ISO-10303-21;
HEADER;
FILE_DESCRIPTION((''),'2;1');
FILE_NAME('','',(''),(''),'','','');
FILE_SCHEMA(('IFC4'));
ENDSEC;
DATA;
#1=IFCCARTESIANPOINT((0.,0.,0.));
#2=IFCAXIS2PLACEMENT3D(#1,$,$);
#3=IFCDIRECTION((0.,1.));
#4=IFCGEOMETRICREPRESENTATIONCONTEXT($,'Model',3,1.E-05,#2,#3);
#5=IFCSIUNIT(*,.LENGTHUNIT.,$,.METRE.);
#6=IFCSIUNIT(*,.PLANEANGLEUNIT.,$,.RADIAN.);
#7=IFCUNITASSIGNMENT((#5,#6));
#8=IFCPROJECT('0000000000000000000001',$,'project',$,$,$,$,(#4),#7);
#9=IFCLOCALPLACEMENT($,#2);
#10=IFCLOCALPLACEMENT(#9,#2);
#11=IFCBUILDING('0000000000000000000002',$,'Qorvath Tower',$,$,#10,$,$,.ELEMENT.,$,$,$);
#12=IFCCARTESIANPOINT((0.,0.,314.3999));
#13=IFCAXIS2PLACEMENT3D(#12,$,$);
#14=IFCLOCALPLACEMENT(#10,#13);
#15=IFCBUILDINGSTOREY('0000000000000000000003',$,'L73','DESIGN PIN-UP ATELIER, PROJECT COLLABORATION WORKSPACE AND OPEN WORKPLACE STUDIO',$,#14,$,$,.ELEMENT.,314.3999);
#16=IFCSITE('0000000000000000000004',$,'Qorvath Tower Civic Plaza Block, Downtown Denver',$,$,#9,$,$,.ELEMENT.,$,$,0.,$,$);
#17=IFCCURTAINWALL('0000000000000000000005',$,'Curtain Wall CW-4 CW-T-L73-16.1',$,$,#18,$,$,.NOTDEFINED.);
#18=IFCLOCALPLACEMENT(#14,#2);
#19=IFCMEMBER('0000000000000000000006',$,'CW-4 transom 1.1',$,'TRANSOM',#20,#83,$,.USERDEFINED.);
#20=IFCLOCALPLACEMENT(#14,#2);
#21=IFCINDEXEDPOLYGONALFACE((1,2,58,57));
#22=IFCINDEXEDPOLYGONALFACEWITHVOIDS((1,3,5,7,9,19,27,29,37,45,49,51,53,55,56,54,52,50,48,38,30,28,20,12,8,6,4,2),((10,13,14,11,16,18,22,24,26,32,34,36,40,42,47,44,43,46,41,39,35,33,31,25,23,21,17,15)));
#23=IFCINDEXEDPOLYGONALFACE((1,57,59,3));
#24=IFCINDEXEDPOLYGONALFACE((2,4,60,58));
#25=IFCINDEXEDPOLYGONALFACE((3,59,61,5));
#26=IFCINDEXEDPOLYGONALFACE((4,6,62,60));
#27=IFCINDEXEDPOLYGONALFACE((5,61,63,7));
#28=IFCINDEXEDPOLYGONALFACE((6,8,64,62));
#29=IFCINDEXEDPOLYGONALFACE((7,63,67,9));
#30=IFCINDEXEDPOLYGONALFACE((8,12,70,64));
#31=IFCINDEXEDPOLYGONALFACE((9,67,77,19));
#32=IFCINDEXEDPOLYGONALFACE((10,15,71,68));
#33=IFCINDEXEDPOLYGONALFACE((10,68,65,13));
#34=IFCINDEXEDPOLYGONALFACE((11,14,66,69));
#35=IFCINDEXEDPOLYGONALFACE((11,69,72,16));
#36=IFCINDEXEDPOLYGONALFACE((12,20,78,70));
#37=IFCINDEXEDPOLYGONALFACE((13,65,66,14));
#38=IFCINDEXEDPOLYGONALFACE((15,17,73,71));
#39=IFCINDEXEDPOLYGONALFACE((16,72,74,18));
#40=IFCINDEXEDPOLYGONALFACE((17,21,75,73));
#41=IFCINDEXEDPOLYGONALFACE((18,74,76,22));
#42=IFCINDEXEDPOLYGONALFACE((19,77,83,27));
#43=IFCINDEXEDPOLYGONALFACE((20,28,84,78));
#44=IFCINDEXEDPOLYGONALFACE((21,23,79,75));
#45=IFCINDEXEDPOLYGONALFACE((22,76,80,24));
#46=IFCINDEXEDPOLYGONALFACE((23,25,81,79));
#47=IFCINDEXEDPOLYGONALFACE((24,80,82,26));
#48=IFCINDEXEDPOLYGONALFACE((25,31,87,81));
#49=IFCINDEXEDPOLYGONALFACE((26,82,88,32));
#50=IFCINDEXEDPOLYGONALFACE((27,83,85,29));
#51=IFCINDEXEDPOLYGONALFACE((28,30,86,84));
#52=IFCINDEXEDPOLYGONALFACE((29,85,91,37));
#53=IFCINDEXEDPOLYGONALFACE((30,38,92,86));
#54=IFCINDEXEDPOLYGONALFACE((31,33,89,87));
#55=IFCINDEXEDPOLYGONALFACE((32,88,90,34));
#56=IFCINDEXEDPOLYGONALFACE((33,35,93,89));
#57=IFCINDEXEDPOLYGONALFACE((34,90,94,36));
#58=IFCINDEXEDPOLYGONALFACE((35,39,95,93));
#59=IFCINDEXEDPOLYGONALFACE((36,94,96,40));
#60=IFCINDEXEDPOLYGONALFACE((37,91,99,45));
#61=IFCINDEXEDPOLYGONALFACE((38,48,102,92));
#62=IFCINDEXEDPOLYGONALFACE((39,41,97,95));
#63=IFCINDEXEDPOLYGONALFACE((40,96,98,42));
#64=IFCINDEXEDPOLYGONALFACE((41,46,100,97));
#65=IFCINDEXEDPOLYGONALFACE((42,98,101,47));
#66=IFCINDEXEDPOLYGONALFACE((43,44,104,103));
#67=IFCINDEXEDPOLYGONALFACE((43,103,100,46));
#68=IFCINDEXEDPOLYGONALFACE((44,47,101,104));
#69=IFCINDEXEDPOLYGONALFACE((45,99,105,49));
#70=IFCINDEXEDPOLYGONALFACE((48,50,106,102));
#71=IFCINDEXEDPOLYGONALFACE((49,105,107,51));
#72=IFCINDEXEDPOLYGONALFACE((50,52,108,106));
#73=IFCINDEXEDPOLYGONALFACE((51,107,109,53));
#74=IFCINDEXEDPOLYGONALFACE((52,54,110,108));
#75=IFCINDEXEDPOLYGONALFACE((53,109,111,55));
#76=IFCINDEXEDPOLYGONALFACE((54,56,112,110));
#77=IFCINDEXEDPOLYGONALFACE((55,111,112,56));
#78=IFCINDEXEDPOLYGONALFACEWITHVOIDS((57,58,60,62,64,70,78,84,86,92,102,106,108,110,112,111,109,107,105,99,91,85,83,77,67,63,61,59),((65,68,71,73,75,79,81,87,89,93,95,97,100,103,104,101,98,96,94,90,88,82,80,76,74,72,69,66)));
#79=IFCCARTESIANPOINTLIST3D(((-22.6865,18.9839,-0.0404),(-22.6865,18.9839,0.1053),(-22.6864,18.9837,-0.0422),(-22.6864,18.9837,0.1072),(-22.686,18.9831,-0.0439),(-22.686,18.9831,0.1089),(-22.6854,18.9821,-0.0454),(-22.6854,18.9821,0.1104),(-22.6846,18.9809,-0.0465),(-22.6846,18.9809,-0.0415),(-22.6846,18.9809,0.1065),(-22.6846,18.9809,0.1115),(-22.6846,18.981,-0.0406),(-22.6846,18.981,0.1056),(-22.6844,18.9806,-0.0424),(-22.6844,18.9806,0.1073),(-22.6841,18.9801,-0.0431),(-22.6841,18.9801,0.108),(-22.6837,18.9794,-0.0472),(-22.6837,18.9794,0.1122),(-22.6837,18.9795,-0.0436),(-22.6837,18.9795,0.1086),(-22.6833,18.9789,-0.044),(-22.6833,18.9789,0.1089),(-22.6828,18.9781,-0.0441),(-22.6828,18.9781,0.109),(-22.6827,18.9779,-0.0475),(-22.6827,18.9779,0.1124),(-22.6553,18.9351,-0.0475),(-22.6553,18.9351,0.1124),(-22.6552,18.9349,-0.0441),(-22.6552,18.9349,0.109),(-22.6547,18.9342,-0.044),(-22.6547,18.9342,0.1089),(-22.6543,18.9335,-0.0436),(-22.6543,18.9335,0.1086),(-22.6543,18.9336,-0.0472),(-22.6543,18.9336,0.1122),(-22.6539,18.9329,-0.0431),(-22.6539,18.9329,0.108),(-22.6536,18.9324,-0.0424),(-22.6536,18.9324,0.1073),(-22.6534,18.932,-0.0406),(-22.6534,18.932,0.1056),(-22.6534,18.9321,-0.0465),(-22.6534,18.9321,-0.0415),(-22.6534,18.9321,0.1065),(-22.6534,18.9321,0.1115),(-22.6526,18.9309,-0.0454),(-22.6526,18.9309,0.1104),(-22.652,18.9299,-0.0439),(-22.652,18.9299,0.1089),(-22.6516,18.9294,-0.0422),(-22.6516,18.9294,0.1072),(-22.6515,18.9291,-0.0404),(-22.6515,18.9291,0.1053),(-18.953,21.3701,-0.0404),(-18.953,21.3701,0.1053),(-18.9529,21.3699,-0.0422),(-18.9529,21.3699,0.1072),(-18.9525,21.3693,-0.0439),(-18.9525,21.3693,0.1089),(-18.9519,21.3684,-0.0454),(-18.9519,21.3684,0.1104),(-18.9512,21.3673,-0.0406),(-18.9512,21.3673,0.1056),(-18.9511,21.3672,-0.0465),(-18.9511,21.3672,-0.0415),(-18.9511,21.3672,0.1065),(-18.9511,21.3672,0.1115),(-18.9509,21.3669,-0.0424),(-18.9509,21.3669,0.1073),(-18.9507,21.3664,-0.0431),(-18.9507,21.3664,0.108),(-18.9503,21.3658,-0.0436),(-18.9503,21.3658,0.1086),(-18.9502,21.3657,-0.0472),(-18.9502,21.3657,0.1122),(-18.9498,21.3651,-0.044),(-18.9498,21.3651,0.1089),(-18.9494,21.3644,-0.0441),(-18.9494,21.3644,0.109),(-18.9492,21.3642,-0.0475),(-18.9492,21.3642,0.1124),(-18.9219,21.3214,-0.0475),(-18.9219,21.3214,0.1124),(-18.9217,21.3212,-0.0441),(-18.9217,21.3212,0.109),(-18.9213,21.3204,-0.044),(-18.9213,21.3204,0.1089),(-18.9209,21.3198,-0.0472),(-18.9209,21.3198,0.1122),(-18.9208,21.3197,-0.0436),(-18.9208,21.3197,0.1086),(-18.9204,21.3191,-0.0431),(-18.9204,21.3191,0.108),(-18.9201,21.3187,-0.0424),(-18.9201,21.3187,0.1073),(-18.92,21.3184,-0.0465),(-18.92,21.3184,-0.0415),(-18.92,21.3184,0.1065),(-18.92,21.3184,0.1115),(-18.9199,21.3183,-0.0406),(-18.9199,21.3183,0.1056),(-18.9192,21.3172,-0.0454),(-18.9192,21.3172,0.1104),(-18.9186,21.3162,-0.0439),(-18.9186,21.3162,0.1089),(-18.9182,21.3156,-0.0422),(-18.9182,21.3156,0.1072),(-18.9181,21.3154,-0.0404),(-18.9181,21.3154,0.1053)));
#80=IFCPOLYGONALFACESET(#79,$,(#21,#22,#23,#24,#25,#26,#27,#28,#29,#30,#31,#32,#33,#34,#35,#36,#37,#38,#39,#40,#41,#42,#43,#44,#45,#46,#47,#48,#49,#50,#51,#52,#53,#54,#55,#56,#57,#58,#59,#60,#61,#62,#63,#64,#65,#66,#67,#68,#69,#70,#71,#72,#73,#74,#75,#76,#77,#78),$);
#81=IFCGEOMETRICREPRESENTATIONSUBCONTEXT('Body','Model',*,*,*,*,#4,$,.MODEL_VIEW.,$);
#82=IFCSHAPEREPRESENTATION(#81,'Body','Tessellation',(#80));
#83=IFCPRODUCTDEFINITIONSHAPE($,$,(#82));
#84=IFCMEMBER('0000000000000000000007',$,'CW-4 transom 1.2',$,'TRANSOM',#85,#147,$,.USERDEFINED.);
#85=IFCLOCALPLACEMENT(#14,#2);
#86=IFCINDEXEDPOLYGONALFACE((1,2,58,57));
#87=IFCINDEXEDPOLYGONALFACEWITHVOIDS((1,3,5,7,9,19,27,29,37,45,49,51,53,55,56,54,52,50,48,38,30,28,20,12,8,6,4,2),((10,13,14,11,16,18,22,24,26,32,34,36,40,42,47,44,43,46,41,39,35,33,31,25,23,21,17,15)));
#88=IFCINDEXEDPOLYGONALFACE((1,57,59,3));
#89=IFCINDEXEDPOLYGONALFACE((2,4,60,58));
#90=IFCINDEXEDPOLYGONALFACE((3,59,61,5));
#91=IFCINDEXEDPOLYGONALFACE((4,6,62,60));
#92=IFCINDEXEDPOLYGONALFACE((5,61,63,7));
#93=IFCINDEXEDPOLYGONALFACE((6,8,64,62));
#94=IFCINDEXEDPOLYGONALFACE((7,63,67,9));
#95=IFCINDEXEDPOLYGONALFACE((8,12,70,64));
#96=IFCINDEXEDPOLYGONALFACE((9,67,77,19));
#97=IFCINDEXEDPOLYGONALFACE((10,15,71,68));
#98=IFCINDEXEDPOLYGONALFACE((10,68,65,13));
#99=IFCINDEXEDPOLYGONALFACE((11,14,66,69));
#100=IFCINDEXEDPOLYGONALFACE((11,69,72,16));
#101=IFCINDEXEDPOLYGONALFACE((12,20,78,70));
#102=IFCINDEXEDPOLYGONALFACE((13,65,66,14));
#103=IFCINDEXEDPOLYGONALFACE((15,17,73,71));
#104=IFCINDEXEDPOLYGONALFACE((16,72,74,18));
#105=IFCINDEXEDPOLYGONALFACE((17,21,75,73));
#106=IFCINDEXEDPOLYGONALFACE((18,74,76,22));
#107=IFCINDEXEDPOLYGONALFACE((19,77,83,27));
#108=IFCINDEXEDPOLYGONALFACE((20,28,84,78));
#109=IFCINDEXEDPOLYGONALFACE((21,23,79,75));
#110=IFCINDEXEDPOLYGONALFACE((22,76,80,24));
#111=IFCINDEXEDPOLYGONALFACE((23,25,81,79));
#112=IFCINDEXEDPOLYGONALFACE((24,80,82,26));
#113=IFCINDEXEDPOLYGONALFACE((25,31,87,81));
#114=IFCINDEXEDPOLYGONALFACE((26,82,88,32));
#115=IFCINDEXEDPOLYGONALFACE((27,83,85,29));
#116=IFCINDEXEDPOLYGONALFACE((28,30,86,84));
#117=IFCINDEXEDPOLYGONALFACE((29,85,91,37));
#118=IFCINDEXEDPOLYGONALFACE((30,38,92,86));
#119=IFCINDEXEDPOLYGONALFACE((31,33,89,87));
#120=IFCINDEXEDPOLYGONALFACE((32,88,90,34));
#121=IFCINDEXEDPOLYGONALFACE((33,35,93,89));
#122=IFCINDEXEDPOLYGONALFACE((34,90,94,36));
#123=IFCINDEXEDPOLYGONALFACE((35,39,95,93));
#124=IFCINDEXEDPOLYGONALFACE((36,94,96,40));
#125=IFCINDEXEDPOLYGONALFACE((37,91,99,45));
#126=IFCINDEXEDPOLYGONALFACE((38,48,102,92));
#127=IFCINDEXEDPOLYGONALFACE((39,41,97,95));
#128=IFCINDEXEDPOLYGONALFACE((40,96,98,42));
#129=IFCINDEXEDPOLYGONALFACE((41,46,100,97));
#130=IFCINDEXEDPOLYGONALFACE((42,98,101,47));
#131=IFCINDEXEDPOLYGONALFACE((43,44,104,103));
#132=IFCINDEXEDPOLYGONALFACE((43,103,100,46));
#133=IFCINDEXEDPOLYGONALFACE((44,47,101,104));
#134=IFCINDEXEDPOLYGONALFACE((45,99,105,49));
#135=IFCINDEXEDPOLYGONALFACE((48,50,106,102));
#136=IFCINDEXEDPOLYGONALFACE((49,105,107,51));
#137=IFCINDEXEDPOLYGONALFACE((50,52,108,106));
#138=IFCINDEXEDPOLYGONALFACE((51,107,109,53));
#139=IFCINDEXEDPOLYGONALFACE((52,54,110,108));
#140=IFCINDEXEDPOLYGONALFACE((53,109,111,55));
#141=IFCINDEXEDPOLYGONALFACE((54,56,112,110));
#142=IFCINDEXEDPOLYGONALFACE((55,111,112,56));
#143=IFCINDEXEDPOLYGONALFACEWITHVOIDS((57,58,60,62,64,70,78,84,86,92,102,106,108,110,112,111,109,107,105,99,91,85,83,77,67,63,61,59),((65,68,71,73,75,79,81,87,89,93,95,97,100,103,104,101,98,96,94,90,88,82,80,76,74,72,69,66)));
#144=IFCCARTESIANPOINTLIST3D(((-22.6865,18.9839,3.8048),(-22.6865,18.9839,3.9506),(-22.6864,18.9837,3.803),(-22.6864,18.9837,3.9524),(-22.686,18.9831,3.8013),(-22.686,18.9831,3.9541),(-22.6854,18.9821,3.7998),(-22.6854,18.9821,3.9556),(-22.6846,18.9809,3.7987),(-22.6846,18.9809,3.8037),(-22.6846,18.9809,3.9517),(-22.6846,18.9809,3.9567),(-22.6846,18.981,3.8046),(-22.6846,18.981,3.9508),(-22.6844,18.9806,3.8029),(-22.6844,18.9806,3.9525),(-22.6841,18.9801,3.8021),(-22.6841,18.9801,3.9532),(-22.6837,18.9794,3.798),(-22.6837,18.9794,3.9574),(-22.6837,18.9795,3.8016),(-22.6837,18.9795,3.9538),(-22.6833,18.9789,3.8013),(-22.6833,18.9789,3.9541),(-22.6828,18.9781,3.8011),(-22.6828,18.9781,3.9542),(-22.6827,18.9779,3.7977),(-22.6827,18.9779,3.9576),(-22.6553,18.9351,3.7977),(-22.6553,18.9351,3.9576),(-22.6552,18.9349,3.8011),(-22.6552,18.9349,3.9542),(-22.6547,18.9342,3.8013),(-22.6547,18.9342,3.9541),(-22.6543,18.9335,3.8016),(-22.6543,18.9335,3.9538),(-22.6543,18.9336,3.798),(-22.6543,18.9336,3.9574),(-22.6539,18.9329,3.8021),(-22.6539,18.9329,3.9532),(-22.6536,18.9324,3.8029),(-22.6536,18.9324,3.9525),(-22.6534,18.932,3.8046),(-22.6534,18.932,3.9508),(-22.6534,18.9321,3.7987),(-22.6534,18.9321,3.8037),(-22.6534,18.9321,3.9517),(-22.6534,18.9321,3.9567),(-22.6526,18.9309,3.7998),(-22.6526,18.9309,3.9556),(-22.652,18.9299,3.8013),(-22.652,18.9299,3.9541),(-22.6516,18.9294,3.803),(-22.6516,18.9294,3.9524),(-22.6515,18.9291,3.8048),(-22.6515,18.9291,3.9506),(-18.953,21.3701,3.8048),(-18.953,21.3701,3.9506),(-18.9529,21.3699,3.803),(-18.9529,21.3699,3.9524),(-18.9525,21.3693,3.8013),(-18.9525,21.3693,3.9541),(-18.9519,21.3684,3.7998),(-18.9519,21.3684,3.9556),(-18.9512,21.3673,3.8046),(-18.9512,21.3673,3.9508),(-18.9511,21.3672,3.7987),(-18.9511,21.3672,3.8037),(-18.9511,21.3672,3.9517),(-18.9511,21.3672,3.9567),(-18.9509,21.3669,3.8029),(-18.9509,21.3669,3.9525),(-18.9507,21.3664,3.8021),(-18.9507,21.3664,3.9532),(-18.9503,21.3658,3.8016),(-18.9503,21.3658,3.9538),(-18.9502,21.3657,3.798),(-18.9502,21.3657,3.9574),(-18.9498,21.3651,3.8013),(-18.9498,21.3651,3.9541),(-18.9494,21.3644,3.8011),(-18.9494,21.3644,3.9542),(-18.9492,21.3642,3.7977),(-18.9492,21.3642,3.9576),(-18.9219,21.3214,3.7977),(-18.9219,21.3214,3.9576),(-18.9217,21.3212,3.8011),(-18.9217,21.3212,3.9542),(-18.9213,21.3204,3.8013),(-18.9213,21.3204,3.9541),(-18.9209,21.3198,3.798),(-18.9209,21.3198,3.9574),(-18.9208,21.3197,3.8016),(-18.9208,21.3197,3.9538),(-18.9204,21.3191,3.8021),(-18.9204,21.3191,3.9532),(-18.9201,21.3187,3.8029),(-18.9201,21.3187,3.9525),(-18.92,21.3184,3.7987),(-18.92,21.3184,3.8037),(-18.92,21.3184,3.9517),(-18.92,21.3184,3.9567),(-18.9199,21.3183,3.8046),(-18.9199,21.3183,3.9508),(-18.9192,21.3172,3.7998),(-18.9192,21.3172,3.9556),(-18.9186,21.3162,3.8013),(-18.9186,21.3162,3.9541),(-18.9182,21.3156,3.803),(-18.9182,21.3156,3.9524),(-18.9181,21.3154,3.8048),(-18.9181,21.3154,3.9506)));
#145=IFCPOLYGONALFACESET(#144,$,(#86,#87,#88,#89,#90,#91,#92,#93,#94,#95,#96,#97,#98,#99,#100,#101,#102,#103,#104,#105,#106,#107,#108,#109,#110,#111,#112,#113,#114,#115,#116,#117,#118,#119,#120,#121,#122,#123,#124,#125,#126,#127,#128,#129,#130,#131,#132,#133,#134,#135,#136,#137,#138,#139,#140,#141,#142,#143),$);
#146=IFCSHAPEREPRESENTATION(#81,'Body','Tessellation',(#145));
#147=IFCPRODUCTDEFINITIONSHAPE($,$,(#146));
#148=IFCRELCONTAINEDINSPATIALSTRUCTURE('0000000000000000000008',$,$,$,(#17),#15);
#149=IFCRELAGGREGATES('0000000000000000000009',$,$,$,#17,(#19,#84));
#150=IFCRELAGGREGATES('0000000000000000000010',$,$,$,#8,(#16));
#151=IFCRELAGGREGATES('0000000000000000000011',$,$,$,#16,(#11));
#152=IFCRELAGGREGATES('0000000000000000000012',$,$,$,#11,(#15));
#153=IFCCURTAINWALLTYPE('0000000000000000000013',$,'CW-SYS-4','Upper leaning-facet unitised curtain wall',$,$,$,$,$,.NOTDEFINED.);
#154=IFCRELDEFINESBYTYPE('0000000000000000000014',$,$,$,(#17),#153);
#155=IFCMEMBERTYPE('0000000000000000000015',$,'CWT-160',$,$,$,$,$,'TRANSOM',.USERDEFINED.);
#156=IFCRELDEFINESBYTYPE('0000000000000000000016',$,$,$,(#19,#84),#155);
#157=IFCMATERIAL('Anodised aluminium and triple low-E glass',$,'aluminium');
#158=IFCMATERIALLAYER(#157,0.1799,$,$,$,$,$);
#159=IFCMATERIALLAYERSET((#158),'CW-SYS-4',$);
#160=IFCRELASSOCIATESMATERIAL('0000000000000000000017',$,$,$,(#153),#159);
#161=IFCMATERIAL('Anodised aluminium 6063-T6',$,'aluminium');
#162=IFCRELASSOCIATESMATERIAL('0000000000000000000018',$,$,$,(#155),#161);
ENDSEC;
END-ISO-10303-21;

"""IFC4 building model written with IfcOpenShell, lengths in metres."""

from ifc_helpers import new_model, si_unit, direction, frame, origin, origin_2d, place, context, subcontext, project, spatial, hollow_rectangle, extrude, material, layer, layer_set, material_profile, profile_set, type_object, element, aggregate, save


model = new_model("IFC4")

# Units and contexts
model_context = context("Model", 3, precision=1e-05, world=origin(), true_north=direction((0.0, 1.0)))
body_context = subcontext(model_context, "Body", "Model", "MODEL_VIEW")
ifc_project = project(units=[si_unit("LENGTHUNIT", "METRE"), si_unit("PLANEANGLEUNIT", "RADIAN")], contexts=[model_context])

# Site, building, storey
site_placement = place(None, origin())
site = spatial("IfcSite", under=ifc_project, at=site_placement, Name="Qorvath Tower Civic Plaza Block, Downtown Denver", CompositionType="ELEMENT", RefElevation=0.0)
building_placement = place(site_placement, origin())
building = spatial("IfcBuilding", under=site, at=building_placement, Name="Qorvath Tower", CompositionType="ELEMENT")
storey_placement = place(building_placement, frame((0.0, 0.0, 314.3999)))
storey = spatial("IfcBuildingStorey", under=building, at=storey_placement, Name="L73", Description="DESIGN PIN-UP ATELIER, PROJECT COLLABORATION WORKSPACE AND OPEN WORKPLACE STUDIO", CompositionType="ELEMENT", Elevation=314.3999)

# Shared definitions
ifc_material_1 = material(Name="Anodised aluminium and triple low-E glass", Category="aluminium")
ifc_layer_1 = layer(ifc_material_1, 0.1799)
ifc_layer_set_1 = layer_set([ifc_layer_1], Name="CW-SYS-4")
curtain_wall_type = type_object("IfcCurtainWallType", Name="CW-SYS-4", Description="Upper leaning-facet unitised curtain wall", PredefinedType="NOTDEFINED", material=ifc_layer_set_1)

# Curtain wall
curtain_wall_1_placement = place(storey_placement, origin())
curtain_wall_1 = element("IfcCurtainWall", 1, at=curtain_wall_1_placement, inside=storey, type_object=curtain_wall_type, Name="Curtain Wall CW-4 CW-T-L73-16.1", PredefinedType="NOTDEFINED")

# Members
ifc_material_2 = material(Name="Anodised aluminium 6063-T6", Category="aluminium")
ifc_material_profile_1 = material_profile(ifc_material_2, hollow_rectangle(XDim=0.0649, YDim=0.1599, WallThickness=0.0034, InnerFilletRadius=0.0034, OuterFilletRadius=0.0071, at=origin_2d()), Name="CWT 160x65")
ifc_profile_set_1 = profile_set([ifc_material_profile_1], Name="Anodised aluminium 6063-T6")
member_type_1 = type_object("IfcMemberType", Name="CWT-160", ElementType="TRANSOM", PredefinedType="USERDEFINED", material=ifc_profile_set_1)
member_1_placement = place(storey_placement, frame((-18.9355, 21.3428, 0.0325), z_axis=(-0.842593, -0.53855, 0.0), x_axis=(0.53855, -0.842593, 0.0)))
member_1 = element("IfcMember", 2, at=member_1_placement, type_object=member_type_1, Name="CW-4 transom 1.1", ObjectType="TRANSOM", PredefinedType="USERDEFINED", context=body_context, shape_type="SweptSolid", body=[
    extrude(hollow_rectangle(XDim=0.0649, YDim=0.1599, WallThickness=0.0034, InnerFilletRadius=0.0034, OuterFilletRadius=0.0071, at=origin_2d()), origin(), (0.0, 0.0, 1.0), 4.4309),
])
member_2_placement = place(storey_placement, frame((-18.9355, 21.3428, 3.8777), z_axis=(-0.842593, -0.53855, 0.0), x_axis=(0.53855, -0.842593, 0.0)))
member_2 = element("IfcMember", 3, at=member_2_placement, type_object=member_type_1, Name="CW-4 transom 1.2", ObjectType="TRANSOM", PredefinedType="USERDEFINED", context=body_context, shape_type="SweptSolid", body=[
    extrude(hollow_rectangle(XDim=0.0649, YDim=0.1599, WallThickness=0.0034, InnerFilletRadius=0.0034, OuterFilletRadius=0.0071, at=origin_2d()), origin(), (0.0, 0.0, 1.0), 4.4309),
])

aggregate(curtain_wall_1, [member_1, member_2])

save(model, "model.ifc")
